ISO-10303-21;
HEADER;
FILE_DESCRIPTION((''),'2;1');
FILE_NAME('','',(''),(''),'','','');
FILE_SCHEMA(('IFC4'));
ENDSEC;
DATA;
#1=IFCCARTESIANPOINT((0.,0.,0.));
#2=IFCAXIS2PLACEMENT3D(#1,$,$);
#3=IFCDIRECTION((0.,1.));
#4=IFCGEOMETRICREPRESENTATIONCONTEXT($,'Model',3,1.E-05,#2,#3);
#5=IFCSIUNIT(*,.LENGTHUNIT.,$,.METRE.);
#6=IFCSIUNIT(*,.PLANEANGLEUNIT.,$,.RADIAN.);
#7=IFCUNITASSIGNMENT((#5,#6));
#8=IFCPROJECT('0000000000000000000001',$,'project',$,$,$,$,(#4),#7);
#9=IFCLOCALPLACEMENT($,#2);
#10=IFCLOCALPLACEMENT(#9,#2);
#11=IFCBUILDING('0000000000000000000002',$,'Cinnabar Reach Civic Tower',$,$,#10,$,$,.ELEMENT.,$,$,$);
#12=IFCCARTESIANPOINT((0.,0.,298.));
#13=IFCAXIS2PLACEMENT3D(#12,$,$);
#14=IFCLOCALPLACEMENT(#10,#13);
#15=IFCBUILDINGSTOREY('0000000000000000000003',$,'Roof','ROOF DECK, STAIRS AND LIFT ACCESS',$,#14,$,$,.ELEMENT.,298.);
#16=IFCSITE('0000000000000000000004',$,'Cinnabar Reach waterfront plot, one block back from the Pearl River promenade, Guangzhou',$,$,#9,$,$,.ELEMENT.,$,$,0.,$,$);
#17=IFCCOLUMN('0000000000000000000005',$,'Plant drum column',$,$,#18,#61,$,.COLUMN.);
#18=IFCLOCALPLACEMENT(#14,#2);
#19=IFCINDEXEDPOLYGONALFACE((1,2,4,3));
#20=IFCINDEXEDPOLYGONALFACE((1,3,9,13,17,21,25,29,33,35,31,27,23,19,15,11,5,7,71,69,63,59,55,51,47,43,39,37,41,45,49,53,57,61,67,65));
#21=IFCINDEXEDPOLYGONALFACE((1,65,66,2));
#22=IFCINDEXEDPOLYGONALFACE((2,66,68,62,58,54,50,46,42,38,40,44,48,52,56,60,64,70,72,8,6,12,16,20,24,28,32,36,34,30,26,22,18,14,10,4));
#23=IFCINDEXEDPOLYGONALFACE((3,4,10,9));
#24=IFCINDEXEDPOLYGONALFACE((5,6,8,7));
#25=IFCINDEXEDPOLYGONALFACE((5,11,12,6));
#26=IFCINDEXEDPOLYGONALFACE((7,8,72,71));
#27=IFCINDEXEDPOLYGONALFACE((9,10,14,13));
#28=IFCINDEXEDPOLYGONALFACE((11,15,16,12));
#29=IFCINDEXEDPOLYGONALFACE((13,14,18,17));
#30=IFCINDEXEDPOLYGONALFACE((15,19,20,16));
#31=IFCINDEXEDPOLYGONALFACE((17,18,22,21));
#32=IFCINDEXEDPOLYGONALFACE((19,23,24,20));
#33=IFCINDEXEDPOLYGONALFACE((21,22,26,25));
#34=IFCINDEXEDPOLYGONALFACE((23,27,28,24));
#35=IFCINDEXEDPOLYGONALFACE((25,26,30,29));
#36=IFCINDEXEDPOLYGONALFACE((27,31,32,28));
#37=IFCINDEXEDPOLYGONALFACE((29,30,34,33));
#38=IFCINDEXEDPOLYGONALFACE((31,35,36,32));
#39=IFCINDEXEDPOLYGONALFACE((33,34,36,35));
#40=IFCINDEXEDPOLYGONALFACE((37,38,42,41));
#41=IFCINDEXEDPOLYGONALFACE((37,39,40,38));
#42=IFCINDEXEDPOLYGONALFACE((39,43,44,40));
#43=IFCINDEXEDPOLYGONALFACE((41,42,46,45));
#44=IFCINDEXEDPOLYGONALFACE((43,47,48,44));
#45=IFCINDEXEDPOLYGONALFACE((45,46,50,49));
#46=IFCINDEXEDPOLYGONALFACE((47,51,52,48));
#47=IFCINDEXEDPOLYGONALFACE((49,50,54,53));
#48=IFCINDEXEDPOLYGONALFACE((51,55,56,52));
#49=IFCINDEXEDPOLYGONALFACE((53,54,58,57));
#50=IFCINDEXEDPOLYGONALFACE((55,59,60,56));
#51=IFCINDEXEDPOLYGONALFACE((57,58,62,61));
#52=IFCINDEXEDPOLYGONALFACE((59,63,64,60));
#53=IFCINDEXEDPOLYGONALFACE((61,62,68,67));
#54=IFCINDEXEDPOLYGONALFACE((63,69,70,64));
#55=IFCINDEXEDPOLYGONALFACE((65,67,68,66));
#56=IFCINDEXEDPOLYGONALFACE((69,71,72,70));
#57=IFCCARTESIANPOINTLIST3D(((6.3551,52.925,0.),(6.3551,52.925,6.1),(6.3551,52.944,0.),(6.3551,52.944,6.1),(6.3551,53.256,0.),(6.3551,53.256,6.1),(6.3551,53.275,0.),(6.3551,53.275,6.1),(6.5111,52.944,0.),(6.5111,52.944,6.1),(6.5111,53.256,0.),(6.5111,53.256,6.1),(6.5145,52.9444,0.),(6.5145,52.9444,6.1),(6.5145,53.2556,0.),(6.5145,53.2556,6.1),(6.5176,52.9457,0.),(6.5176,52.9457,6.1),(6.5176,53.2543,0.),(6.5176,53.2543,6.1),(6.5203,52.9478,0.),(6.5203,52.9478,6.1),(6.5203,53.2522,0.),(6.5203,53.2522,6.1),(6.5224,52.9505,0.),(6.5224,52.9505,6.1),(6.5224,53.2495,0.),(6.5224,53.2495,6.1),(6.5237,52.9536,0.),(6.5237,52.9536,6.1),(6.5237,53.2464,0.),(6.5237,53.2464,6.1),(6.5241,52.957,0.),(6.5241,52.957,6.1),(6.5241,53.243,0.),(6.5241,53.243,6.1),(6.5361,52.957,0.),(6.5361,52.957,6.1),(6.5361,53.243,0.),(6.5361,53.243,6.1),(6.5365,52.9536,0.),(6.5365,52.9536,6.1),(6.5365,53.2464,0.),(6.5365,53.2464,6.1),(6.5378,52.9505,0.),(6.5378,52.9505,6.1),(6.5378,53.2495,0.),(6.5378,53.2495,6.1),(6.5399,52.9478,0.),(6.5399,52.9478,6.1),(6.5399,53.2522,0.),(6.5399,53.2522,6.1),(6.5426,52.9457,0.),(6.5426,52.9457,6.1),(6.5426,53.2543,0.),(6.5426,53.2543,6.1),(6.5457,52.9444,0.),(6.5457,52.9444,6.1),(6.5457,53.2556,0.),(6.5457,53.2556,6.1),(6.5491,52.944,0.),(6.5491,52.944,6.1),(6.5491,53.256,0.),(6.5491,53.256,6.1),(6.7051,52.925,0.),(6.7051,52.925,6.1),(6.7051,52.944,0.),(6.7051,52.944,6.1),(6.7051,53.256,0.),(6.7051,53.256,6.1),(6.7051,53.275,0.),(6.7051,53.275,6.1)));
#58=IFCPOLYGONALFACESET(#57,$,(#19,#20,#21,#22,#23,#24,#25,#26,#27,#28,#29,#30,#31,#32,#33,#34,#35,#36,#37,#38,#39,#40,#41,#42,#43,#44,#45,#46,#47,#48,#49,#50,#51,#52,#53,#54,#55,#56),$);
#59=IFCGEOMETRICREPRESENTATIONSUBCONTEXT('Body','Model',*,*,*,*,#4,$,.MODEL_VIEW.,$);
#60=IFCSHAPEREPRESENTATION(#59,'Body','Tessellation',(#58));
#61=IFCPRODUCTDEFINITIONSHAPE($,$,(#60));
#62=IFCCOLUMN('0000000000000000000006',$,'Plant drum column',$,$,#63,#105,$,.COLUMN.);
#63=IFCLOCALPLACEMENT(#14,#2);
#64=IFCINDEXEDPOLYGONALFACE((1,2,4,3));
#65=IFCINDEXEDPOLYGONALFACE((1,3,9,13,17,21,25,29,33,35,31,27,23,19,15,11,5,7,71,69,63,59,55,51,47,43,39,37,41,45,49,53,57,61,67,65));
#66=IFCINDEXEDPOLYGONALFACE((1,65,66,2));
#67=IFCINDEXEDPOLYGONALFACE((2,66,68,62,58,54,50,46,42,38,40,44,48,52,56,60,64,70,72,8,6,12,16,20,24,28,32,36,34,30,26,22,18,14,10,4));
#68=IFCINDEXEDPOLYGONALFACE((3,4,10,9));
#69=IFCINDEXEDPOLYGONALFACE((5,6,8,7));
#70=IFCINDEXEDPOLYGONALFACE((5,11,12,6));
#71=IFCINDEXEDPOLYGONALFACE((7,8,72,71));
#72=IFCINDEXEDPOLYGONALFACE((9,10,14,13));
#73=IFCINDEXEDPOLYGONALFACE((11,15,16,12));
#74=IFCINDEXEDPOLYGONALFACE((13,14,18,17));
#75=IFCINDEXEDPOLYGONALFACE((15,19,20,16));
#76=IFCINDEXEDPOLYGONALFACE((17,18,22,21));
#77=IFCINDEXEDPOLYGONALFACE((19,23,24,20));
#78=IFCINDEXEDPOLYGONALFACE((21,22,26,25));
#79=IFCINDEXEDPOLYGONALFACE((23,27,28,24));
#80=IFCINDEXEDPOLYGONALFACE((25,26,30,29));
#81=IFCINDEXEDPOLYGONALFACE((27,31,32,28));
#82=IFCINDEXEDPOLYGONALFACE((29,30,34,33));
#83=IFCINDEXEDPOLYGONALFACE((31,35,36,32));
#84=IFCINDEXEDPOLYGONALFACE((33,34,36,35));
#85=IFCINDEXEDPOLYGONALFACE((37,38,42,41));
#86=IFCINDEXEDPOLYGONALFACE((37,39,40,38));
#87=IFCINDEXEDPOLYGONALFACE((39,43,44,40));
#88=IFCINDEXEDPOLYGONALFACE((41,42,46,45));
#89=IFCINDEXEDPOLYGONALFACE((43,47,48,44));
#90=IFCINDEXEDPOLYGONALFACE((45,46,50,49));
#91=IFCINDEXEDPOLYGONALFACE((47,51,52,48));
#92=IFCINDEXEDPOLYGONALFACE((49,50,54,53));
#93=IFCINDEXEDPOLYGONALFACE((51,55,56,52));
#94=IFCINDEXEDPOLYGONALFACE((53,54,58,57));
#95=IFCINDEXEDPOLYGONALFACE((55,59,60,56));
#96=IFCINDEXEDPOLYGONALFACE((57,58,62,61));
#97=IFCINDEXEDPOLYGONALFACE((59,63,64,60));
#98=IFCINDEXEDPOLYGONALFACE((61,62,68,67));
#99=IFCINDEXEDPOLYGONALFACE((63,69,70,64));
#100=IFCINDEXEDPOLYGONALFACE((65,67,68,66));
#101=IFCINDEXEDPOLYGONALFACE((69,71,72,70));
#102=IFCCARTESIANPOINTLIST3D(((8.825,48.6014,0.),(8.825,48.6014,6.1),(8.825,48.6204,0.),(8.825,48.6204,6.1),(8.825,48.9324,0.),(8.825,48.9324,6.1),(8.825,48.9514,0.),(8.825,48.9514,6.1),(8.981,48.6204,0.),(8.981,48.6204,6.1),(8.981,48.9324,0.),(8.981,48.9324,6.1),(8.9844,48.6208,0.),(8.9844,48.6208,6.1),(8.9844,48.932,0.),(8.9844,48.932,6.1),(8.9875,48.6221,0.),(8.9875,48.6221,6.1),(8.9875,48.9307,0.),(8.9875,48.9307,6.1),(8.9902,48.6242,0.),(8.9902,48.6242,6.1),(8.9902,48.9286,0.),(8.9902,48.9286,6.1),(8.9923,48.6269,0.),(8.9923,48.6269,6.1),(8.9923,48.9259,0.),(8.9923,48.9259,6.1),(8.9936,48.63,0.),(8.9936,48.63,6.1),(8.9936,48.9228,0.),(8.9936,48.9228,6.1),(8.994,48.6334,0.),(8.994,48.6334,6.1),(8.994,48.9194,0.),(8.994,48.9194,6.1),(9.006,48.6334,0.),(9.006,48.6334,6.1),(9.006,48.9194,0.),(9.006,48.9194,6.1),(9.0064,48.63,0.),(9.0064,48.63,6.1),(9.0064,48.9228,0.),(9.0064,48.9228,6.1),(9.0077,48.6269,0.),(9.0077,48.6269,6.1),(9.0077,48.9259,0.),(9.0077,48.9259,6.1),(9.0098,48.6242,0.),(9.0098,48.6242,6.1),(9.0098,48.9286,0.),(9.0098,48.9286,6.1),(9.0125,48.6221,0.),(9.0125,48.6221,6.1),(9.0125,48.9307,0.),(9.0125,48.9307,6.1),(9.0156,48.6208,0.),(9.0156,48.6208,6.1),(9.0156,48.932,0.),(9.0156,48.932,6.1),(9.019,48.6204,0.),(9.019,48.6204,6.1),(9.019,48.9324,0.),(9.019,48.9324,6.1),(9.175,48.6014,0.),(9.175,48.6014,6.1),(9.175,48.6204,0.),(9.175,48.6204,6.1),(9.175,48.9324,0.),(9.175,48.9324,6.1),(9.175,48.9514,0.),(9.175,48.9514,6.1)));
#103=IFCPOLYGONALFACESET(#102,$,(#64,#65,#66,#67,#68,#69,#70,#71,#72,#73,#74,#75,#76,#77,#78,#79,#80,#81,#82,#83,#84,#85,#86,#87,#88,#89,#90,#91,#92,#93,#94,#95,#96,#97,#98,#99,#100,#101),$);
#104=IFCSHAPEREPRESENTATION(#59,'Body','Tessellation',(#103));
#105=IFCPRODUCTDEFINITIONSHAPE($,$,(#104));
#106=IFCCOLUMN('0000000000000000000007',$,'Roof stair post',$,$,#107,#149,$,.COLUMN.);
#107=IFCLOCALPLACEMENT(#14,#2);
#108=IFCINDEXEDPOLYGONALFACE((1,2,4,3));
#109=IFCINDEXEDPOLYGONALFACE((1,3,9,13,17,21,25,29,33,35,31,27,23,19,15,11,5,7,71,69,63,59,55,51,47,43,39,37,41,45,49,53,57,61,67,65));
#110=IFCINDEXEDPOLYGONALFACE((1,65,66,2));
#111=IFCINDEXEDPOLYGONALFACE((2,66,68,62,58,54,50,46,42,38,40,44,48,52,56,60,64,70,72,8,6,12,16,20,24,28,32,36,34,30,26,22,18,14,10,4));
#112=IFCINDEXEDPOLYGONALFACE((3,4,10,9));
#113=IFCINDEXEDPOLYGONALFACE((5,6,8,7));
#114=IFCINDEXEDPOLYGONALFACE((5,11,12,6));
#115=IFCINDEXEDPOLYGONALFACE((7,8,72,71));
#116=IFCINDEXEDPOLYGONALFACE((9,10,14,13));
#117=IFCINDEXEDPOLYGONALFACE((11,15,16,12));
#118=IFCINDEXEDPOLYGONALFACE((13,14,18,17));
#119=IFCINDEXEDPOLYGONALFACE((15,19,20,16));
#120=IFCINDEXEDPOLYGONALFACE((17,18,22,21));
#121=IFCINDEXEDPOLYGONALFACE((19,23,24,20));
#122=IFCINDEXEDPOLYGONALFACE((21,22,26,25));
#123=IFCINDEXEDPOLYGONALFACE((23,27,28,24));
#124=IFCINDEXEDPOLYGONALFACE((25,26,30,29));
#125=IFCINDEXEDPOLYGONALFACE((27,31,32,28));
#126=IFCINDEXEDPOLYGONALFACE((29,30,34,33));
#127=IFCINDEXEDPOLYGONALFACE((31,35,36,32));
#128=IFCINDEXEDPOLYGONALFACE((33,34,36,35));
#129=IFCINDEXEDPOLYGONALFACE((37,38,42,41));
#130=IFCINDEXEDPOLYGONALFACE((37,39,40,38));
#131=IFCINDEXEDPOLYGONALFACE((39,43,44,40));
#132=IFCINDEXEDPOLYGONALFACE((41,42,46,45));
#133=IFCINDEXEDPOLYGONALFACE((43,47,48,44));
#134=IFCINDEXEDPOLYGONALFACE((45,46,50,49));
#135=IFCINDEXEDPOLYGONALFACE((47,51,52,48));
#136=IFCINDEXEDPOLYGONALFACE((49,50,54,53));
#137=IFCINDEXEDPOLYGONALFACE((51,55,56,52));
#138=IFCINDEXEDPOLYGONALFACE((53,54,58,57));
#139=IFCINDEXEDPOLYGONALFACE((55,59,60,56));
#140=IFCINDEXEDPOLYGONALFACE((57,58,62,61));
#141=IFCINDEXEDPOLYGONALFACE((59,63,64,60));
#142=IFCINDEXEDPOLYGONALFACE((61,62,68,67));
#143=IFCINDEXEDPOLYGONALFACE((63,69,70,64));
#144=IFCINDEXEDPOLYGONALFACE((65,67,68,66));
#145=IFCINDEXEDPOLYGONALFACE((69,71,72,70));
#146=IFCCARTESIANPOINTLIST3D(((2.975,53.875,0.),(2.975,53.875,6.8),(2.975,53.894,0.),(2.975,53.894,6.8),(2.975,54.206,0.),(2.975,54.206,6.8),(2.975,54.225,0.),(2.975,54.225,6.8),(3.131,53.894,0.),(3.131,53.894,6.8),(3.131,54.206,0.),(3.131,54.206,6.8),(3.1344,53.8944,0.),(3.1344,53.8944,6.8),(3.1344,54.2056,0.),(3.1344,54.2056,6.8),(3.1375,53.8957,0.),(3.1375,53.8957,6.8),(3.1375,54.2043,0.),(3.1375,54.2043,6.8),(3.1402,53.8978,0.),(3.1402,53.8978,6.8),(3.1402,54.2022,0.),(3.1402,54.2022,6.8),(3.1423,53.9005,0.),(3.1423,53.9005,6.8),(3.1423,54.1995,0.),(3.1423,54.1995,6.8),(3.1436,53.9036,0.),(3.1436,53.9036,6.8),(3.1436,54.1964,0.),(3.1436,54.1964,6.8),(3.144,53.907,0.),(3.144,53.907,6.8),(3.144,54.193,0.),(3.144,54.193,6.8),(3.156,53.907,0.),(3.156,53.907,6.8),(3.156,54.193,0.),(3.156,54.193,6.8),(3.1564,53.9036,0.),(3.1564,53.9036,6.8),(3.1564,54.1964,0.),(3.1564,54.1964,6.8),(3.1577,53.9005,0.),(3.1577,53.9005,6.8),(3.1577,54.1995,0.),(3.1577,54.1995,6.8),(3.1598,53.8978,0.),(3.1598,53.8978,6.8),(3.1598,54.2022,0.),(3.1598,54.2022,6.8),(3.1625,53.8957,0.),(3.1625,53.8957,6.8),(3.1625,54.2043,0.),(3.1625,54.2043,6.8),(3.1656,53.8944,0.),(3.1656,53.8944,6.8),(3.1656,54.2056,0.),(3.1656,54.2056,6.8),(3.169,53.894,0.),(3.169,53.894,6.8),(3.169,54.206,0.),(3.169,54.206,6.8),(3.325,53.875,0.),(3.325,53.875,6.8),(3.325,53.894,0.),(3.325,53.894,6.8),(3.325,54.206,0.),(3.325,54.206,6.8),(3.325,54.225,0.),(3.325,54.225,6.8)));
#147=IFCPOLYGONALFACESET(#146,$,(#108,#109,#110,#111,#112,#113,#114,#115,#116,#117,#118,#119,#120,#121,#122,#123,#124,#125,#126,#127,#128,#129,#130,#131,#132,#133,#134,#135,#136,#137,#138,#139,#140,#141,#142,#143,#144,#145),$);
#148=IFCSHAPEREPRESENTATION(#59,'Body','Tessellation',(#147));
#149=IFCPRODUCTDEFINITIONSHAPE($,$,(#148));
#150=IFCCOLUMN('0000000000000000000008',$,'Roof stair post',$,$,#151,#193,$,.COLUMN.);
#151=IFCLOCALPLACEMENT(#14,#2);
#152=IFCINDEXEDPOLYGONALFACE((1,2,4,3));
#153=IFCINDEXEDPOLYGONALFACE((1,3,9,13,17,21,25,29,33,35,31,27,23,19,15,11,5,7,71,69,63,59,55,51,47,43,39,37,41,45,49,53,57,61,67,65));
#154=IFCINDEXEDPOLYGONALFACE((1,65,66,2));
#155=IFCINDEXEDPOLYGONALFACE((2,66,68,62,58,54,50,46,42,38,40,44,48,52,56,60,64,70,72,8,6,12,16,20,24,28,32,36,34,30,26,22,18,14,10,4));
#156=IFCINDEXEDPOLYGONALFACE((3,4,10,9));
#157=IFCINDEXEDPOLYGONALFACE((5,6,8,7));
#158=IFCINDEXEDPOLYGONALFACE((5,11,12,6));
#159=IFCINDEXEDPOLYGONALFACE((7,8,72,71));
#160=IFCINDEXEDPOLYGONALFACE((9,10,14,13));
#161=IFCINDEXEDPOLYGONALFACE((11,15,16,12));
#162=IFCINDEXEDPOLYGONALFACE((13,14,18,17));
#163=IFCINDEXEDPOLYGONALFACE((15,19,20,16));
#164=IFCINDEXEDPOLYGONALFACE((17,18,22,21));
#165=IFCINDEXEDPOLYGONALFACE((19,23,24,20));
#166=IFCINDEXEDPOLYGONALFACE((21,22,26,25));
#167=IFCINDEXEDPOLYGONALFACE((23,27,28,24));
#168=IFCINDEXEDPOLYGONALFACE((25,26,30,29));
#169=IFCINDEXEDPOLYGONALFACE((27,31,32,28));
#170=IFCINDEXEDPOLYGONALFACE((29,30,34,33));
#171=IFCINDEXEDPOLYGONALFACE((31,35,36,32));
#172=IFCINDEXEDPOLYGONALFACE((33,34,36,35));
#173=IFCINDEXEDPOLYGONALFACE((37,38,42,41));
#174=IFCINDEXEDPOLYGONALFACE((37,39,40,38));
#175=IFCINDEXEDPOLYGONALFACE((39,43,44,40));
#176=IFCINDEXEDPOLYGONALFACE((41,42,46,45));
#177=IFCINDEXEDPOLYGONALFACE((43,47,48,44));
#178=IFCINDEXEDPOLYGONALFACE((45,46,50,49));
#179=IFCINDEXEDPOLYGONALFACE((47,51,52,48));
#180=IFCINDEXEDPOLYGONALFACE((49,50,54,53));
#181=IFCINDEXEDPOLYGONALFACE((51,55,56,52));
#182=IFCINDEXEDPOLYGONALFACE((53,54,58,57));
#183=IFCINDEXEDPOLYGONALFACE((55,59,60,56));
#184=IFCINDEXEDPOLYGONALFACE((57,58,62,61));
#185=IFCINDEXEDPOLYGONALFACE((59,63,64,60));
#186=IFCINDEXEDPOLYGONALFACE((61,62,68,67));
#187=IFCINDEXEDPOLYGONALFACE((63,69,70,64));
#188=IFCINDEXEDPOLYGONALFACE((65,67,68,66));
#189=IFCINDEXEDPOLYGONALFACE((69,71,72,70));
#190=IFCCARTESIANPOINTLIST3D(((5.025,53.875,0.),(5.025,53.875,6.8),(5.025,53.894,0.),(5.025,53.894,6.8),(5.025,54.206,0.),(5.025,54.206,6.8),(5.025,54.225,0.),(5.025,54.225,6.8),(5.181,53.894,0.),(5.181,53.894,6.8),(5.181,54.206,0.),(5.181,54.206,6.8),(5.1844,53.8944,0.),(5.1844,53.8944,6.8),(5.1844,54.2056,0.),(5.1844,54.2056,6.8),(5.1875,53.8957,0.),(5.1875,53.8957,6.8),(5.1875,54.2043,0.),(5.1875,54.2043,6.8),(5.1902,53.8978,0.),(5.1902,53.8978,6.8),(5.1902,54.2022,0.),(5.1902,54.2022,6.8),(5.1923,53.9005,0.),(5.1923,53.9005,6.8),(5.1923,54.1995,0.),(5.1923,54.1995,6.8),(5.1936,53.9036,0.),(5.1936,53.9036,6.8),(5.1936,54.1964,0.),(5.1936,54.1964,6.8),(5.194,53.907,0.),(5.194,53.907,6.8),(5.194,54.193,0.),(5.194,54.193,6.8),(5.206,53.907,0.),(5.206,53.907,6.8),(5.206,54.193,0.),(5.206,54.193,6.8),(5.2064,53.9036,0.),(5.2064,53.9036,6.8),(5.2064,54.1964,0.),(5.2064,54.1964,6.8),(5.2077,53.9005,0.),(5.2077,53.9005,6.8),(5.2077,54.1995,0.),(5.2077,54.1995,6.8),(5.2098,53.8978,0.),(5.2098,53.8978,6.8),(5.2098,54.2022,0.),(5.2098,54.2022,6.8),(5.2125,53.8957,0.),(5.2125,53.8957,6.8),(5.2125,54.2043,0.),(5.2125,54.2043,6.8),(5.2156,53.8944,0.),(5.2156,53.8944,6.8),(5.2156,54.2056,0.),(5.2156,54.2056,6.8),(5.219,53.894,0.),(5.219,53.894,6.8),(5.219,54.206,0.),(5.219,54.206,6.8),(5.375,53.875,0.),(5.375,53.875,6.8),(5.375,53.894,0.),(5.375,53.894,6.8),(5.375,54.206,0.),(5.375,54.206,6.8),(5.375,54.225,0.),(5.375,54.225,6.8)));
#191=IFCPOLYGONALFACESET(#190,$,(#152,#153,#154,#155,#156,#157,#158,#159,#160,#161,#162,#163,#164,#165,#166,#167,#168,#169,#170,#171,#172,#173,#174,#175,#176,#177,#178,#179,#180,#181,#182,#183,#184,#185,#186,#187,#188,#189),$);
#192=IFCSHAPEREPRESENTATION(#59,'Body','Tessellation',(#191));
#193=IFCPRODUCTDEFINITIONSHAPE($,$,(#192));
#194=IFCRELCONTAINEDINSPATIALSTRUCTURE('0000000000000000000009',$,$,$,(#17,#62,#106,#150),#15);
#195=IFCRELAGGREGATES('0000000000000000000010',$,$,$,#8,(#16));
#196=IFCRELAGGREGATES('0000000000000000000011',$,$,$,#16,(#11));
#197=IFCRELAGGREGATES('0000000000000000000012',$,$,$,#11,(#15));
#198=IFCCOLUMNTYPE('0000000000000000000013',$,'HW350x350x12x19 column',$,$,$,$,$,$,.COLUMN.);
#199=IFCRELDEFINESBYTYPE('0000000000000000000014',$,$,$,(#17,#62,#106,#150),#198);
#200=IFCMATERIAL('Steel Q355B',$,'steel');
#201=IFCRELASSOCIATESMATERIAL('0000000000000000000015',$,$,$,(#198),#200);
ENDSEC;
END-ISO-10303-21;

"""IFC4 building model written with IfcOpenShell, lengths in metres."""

from ifc_helpers import new_model, si_unit, direction, frame, origin, origin_2d, place, context, subcontext, project, spatial, i_section, extrude, material, material_profile, profile_set, type_object, element, save


model = new_model("IFC4")

# Units and contexts
model_context = context("Model", 3, precision=1e-05, world=origin(), true_north=direction((0.0, 1.0)))
body_context = subcontext(model_context, "Body", "Model", "MODEL_VIEW")
ifc_project = project(units=[si_unit("LENGTHUNIT", "METRE"), si_unit("PLANEANGLEUNIT", "RADIAN")], contexts=[model_context])

# Site, building, storey
site_placement = place(None, origin())
site = spatial("IfcSite", under=ifc_project, at=site_placement, Name="Cinnabar Reach waterfront plot, one block back from the Pearl River promenade, Guangzhou", CompositionType="ELEMENT", RefElevation=0.0)
building_placement = place(site_placement, origin())
building = spatial("IfcBuilding", under=site, at=building_placement, Name="Cinnabar Reach Civic Tower", CompositionType="ELEMENT")
storey_placement = place(building_placement, frame((0.0, 0.0, 298.0)))
storey = spatial("IfcBuildingStorey", under=building, at=storey_placement, Name="Roof", Description="ROOF DECK, STAIRS AND LIFT ACCESS", CompositionType="ELEMENT", Elevation=298.0)

# Columns
ifc_material_1 = material(Name="Steel Q355B", Category="steel")
ifc_material_profile_1 = material_profile(ifc_material_1, i_section(OverallWidth=0.35, OverallDepth=0.35, WebThickness=0.012, FlangeThickness=0.019, FilletRadius=0.013, at=origin_2d()), Name="HW350x350x12x19")
ifc_profile_set_1 = profile_set([ifc_material_profile_1], Name="Steel Q355B")
column_type = type_object("IfcColumnType", Name="HW350x350x12x19 column", PredefinedType="COLUMN", material=ifc_profile_set_1)
for number, where, z_axis, x_axis, name in (
    (1, (6.5301, 53.1, 0.0), (0.0, 0.0, 1.0), (1.0, 0.0, 0.0), "Plant drum column"),
    (2, (9.0, 48.7764, 0.0), (0.0, 0.0, 1.0), (1.0, 0.0, 0.0), "Plant drum column"),
):
    element("IfcColumn", number, at=place(storey_placement, frame(where, z_axis=z_axis, x_axis=x_axis)), inside=storey, type_object=column_type, Name=name, PredefinedType="COLUMN", context=body_context, shape_type="SweptSolid", body=[
        extrude(i_section(OverallWidth=0.35, OverallDepth=0.35, WebThickness=0.012, FlangeThickness=0.019, FilletRadius=0.013, at=origin_2d()), origin(), (0.0, 0.0, 1.0), 6.1),
    ])
for number, where, z_axis, x_axis, name in (
    (3, (3.15, 54.05, 0.0), (0.0, 0.0, 1.0), (1.0, 0.0, 0.0), "Roof stair post"),
    (4, (5.2, 54.05, 0.0), (0.0, 0.0, 1.0), (1.0, 0.0, 0.0), "Roof stair post"),
):
    element("IfcColumn", number, at=place(storey_placement, frame(where, z_axis=z_axis, x_axis=x_axis)), inside=storey, type_object=column_type, Name=name, PredefinedType="COLUMN", context=body_context, shape_type="SweptSolid", body=[
        extrude(i_section(OverallWidth=0.35, OverallDepth=0.35, WebThickness=0.012, FlangeThickness=0.019, FilletRadius=0.013, at=origin_2d()), origin(), (0.0, 0.0, 1.0), 6.8),
    ])

save(model, "model.ifc")
